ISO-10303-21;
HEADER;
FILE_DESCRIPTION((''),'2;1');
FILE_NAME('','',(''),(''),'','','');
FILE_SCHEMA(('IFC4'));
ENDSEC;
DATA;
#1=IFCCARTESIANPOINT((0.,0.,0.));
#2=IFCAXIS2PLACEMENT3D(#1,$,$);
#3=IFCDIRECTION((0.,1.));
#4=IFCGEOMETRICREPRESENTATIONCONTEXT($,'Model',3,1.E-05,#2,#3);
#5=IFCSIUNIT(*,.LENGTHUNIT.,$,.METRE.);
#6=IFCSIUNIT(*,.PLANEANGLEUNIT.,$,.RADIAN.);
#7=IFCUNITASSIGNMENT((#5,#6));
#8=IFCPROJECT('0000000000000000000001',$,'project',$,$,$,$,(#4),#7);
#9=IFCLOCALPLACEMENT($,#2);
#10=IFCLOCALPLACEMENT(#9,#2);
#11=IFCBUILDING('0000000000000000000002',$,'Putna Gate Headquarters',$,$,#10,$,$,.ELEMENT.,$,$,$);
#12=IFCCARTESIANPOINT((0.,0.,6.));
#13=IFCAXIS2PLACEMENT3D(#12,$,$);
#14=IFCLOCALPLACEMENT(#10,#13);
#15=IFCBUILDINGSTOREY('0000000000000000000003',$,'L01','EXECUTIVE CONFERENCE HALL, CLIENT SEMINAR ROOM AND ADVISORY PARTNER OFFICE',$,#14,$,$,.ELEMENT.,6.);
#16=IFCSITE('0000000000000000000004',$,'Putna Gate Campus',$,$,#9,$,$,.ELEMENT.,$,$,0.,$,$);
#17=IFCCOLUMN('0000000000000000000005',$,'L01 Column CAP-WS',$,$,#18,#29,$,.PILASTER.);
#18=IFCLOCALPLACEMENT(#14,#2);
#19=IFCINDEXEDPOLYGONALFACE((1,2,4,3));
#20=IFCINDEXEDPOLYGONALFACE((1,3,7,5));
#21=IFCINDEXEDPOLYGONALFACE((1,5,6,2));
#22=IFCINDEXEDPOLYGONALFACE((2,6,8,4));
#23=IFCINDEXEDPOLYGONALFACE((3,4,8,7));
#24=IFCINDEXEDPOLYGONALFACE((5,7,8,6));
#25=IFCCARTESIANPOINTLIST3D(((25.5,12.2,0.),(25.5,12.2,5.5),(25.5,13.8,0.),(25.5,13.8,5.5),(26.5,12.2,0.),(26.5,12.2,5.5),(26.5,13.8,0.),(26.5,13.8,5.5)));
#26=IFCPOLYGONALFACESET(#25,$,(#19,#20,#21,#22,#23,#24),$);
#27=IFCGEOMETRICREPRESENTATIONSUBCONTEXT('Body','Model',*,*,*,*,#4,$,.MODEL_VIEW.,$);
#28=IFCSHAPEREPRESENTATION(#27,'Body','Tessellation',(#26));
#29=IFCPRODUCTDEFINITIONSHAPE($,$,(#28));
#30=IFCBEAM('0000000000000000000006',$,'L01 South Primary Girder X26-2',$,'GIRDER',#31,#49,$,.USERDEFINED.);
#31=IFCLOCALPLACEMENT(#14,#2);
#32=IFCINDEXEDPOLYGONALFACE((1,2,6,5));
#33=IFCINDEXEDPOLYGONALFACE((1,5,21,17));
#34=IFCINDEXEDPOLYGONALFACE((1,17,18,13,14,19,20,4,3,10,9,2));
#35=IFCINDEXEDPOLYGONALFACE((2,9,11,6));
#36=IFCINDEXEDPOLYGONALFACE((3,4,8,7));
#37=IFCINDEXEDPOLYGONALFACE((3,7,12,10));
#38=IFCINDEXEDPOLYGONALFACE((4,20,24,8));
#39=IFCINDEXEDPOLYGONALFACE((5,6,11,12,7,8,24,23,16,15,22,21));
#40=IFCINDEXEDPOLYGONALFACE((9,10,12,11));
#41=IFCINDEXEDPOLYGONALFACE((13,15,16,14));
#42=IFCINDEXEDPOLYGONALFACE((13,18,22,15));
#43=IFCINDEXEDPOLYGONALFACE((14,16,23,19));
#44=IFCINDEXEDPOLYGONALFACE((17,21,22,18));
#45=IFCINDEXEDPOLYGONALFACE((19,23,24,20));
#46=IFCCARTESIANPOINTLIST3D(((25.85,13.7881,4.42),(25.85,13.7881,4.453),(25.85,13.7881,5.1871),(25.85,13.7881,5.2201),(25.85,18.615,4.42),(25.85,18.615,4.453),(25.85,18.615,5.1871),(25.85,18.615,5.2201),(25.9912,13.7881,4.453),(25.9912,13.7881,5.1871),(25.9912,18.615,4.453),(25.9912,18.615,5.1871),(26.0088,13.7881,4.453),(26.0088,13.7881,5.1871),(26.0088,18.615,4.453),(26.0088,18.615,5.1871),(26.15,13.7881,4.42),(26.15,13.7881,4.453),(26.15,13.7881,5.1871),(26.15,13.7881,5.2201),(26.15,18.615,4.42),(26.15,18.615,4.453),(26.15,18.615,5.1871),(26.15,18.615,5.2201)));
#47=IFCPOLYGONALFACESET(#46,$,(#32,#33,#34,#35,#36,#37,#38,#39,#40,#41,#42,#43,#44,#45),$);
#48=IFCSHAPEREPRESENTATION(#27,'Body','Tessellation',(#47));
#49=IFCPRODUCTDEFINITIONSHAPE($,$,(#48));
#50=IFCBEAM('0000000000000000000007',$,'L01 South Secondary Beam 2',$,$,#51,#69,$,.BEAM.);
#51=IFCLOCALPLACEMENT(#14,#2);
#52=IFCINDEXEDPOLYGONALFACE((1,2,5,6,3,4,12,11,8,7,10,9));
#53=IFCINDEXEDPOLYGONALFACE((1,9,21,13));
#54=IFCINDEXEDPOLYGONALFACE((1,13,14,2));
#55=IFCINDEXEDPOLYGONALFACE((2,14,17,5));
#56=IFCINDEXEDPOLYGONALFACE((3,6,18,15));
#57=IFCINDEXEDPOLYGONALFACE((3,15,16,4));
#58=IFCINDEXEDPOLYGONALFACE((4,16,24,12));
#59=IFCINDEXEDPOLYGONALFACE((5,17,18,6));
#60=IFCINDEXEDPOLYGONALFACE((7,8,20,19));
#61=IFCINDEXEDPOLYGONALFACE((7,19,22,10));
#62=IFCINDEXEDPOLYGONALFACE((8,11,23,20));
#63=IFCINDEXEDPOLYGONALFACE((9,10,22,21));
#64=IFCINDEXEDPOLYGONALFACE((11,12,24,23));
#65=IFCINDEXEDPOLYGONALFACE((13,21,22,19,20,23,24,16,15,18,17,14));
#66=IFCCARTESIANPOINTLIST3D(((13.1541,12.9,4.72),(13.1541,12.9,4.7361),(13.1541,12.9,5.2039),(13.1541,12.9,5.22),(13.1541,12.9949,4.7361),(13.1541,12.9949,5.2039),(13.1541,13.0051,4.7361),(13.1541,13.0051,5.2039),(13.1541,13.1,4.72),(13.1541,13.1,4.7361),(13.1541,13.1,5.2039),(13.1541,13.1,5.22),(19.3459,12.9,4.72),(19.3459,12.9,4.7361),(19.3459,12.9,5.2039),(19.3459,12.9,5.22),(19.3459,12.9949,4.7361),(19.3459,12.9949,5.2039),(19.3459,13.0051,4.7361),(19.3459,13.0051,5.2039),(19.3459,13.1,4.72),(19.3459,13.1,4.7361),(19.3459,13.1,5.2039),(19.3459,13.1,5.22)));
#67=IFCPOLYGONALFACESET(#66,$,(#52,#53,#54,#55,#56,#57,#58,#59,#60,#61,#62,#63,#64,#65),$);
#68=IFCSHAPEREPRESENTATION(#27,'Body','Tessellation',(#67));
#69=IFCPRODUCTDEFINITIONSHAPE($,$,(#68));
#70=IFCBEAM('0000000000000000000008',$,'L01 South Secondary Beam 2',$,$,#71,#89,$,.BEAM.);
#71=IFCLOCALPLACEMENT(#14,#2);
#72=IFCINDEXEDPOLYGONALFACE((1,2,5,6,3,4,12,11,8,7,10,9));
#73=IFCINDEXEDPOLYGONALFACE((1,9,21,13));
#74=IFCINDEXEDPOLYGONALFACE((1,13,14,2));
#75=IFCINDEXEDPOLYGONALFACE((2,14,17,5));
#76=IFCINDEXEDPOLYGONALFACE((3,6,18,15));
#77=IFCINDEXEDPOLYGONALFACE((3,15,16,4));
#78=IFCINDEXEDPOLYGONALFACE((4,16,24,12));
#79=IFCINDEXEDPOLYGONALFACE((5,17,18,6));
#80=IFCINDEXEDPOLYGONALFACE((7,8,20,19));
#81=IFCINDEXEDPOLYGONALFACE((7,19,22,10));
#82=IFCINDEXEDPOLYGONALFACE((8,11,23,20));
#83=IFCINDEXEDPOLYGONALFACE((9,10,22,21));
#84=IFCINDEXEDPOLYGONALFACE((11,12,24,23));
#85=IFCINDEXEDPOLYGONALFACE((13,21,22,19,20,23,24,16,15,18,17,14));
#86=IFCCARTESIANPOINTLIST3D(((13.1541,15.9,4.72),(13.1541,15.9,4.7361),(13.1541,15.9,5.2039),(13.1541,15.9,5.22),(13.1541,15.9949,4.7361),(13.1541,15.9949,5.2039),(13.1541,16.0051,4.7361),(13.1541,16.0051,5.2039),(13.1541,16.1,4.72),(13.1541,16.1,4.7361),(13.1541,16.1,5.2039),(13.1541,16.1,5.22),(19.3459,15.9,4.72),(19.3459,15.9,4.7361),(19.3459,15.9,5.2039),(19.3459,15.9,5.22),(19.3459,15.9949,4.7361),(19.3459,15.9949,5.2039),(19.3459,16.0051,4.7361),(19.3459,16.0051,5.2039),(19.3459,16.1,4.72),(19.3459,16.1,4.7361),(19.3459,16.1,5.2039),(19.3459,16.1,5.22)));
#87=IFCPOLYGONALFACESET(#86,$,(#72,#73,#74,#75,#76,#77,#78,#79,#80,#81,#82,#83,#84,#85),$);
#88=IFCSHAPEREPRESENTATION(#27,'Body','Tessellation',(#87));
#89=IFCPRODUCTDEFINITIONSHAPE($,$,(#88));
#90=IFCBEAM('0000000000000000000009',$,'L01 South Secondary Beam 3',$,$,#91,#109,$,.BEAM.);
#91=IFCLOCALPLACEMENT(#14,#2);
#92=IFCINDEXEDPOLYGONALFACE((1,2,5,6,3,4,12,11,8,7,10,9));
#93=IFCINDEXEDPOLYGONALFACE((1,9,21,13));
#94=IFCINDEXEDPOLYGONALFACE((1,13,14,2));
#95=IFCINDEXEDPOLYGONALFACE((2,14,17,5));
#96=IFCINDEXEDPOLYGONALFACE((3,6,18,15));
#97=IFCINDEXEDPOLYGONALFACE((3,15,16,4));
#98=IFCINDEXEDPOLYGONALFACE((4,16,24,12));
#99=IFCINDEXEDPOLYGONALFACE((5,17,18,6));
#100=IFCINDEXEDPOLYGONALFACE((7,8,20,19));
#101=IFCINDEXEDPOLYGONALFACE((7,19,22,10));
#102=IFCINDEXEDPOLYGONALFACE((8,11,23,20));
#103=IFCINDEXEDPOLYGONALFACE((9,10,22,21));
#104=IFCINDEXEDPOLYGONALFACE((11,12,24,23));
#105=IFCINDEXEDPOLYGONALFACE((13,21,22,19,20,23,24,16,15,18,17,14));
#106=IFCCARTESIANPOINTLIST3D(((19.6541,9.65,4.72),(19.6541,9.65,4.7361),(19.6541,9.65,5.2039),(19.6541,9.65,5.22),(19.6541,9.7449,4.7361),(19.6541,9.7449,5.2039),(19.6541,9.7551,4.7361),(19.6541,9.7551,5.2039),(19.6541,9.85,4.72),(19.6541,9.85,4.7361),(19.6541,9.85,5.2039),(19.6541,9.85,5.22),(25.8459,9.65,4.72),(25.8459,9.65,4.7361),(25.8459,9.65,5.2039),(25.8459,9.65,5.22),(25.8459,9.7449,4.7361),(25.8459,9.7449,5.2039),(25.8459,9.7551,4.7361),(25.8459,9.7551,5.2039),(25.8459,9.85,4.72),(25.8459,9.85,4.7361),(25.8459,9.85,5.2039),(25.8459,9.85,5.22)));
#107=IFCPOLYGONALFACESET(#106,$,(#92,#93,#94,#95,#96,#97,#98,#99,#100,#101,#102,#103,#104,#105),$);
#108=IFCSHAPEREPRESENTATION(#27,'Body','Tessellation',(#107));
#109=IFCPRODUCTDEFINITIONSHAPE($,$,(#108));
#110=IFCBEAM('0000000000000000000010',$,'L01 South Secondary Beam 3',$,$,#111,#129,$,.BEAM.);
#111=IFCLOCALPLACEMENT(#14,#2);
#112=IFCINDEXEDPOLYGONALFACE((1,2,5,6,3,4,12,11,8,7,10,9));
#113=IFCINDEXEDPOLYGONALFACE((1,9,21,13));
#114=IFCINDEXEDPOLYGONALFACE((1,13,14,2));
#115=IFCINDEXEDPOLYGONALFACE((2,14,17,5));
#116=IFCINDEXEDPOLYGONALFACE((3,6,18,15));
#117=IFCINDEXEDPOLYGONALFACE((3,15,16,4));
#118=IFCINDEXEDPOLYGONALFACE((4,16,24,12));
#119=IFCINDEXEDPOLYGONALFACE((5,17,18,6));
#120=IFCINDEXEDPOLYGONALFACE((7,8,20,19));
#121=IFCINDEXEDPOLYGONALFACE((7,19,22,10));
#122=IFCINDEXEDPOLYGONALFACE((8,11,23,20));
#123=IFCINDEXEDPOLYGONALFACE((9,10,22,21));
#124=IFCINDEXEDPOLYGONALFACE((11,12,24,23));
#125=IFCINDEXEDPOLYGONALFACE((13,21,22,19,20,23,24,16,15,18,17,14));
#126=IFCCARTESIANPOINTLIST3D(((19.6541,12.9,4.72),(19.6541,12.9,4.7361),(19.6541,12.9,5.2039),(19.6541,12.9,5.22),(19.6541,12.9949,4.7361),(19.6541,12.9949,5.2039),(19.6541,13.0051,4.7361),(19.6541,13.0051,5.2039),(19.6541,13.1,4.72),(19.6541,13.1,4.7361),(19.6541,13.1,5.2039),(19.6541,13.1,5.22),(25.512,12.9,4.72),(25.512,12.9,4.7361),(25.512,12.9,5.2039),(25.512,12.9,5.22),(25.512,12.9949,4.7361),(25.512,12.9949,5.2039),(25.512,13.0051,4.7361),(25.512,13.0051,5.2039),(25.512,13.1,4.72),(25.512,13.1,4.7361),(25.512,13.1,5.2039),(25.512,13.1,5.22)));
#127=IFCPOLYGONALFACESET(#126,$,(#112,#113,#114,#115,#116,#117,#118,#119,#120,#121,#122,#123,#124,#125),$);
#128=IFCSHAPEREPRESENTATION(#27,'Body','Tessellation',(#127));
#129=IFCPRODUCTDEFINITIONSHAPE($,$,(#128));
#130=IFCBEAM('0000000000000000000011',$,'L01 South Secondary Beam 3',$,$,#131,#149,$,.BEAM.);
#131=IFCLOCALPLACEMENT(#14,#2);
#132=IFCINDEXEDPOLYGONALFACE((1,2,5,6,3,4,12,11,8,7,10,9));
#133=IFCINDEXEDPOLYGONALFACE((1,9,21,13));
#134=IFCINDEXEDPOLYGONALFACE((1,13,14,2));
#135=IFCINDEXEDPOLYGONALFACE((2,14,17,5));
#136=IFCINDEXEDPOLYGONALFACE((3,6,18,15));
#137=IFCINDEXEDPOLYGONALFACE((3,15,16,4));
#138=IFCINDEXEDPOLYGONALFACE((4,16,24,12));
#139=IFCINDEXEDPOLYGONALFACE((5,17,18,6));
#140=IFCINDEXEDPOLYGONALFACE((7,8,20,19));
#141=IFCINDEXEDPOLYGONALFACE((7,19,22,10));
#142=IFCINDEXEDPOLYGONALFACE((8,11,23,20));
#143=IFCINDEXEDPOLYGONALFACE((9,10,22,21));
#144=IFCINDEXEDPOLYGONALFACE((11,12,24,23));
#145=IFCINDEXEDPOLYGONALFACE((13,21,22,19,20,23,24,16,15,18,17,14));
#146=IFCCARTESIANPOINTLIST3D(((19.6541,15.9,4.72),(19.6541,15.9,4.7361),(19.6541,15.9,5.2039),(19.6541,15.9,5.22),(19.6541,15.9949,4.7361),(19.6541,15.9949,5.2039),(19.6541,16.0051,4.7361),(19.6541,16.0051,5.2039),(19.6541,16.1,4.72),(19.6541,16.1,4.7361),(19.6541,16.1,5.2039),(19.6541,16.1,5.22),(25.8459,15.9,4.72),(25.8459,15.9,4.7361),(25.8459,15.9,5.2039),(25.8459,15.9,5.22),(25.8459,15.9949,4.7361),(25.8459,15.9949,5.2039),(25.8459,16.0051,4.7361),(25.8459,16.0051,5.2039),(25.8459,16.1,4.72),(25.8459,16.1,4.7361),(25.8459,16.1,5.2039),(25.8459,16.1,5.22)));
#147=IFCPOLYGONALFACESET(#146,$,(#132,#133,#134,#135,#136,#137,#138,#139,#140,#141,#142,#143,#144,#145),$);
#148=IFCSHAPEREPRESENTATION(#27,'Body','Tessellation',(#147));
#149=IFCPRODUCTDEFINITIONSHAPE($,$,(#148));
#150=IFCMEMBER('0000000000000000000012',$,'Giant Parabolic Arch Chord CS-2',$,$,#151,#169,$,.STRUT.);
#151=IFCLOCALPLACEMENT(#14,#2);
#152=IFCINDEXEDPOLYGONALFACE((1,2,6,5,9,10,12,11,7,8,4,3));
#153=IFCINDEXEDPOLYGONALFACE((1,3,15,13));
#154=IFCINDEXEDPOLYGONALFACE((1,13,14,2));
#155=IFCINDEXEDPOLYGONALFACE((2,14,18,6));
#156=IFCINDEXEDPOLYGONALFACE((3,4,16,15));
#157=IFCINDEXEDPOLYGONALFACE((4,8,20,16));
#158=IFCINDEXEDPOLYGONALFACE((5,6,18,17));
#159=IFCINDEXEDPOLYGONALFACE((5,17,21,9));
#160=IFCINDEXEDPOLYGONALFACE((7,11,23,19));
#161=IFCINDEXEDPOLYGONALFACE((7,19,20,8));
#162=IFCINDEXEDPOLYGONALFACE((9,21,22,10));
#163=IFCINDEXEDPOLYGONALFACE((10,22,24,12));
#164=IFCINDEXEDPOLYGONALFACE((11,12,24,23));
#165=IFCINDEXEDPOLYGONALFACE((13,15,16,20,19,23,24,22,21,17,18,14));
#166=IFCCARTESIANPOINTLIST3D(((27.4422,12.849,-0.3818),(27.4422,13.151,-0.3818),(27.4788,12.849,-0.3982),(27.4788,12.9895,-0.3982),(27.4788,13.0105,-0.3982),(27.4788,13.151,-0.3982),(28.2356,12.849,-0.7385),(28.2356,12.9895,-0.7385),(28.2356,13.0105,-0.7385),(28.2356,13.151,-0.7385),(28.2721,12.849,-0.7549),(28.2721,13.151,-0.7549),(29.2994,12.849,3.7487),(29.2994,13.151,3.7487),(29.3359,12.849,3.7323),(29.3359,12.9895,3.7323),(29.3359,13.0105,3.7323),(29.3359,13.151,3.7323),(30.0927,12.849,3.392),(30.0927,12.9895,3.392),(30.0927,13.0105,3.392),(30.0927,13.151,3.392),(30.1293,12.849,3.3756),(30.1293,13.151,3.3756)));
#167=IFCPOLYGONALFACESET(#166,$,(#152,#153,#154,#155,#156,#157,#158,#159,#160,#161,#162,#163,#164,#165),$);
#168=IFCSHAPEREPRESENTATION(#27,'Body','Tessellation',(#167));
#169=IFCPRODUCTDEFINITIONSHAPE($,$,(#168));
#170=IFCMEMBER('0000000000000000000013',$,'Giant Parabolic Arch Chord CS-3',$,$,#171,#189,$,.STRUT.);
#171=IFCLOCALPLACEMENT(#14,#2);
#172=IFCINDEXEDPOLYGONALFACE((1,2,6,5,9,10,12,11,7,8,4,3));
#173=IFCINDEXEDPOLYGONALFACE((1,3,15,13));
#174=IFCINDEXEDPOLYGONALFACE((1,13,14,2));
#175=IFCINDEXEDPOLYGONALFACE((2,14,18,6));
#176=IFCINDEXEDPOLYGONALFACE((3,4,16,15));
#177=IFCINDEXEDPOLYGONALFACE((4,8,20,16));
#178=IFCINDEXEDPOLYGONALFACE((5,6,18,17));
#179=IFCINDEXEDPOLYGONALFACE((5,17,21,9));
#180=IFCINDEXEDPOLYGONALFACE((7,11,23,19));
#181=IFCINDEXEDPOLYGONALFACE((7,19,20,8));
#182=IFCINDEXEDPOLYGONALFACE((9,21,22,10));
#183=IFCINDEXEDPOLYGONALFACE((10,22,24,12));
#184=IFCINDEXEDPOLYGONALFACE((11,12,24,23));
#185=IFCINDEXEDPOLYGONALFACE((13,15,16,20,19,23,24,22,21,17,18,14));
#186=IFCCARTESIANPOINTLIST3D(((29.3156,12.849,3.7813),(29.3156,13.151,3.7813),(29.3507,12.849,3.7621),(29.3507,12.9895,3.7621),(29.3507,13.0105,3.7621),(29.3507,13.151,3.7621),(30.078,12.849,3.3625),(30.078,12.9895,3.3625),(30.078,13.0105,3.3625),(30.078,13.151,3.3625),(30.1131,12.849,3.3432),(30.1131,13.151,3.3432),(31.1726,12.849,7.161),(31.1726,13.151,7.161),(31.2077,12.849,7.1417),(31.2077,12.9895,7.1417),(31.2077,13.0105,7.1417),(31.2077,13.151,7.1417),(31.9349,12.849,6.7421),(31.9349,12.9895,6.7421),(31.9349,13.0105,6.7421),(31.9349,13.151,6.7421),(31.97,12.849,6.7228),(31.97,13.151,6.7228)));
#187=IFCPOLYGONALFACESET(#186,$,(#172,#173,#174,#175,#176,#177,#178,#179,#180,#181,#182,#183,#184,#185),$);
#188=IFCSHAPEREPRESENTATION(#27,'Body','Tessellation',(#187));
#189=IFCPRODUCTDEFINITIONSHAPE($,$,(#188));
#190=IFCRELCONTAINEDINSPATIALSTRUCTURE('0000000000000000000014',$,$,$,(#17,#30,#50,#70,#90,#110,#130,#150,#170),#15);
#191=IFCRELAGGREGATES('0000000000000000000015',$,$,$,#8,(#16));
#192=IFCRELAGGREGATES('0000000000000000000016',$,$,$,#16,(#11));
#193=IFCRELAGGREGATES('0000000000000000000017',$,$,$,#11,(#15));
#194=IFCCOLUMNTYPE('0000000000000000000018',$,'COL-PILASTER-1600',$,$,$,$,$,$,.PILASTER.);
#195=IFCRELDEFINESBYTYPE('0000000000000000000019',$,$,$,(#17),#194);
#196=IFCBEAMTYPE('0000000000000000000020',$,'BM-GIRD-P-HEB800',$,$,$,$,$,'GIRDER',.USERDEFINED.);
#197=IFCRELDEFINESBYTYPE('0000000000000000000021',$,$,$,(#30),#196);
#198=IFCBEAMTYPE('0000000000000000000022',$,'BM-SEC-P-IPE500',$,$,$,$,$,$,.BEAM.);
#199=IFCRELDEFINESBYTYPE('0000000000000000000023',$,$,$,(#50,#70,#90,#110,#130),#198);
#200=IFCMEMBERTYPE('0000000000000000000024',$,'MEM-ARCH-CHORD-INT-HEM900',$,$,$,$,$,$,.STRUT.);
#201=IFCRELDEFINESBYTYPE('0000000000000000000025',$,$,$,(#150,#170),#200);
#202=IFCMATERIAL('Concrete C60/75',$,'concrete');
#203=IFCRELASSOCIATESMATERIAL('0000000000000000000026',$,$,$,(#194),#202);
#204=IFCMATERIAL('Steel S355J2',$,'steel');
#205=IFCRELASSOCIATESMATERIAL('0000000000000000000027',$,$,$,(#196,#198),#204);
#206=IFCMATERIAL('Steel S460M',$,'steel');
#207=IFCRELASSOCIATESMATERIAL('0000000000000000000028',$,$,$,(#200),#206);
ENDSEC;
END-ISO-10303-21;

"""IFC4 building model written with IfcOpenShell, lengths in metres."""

from ifc_helpers import new_model, si_unit, direction, frame, origin, origin_2d, place, context, subcontext, project, spatial, rectangle, i_section, extrude, material, material_profile, profile_set, type_object, element, save


model = new_model("IFC4")

# Units and contexts
model_context = context("Model", 3, precision=1e-05, world=origin(), true_north=direction((0.0, 1.0)))
body_context = subcontext(model_context, "Body", "Model", "MODEL_VIEW")
ifc_project = project(units=[si_unit("LENGTHUNIT", "METRE"), si_unit("PLANEANGLEUNIT", "RADIAN")], contexts=[model_context])

# Site, building, storey
site_placement = place(None, origin())
site = spatial("IfcSite", under=ifc_project, at=site_placement, Name="Putna Gate Campus", CompositionType="ELEMENT", RefElevation=0.0)
building_placement = place(site_placement, origin())
building = spatial("IfcBuilding", under=site, at=building_placement, Name="Putna Gate Headquarters", CompositionType="ELEMENT")
storey_placement = place(building_placement, frame((0.0, 0.0, 6.0)))
storey = spatial("IfcBuildingStorey", under=building, at=storey_placement, Name="L01", Description="EXECUTIVE CONFERENCE HALL, CLIENT SEMINAR ROOM AND ADVISORY PARTNER OFFICE", CompositionType="ELEMENT", Elevation=6.0)

# Column
ifc_material_1 = material(Name="Concrete C60/75", Category="concrete")
ifc_material_profile_1 = material_profile(ifc_material_1, rectangle(XDim=1.0, YDim=1.6001, at=origin_2d()), Name="Concrete C60/75")
ifc_profile_set_1 = profile_set([ifc_material_profile_1], Name="Concrete C60/75")
column_type = type_object("IfcColumnType", Name="COL-PILASTER-1600", PredefinedType="PILASTER", material=ifc_profile_set_1)
column_placement = place(storey_placement, frame((26.0, 13.0, 0.0), z_axis=(0.0, 0.0, 1.0), x_axis=(1.0, 0.0, 0.0)))
element("IfcColumn", 1, at=column_placement, inside=storey, type_object=column_type, Name="L01 Column CAP-WS", PredefinedType="PILASTER", context=body_context, shape_type="SweptSolid", body=[
    extrude(rectangle(XDim=1.0, YDim=1.6001, at=origin_2d()), origin(), (0.0, 0.0, 1.0), 5.5),
])

# Beams
ifc_material_2 = material(Name="Steel S355J2", Category="steel")
ifc_material_profile_2 = material_profile(ifc_material_2, i_section(OverallWidth=0.3, OverallDepth=0.8, WebThickness=0.0176, FlangeThickness=0.033, at=origin_2d()), Name="Steel S355J2")
ifc_profile_set_2 = profile_set([ifc_material_profile_2], Name="Steel S355J2")
beam_type_1 = type_object("IfcBeamType", Name="BM-GIRD-P-HEB800", ElementType="GIRDER", PredefinedType="USERDEFINED", material=ifc_profile_set_2)
beam_1_placement = place(storey_placement, frame((26.0, 13.7881, 4.8201), z_axis=(0.0, 1.0, 0.0), x_axis=(-1.0, 0.0, 0.0)))
element("IfcBeam", 2, at=beam_1_placement, inside=storey, type_object=beam_type_1, Name="L01 South Primary Girder X26-2", ObjectType="GIRDER", PredefinedType="USERDEFINED", context=body_context, shape_type="SweptSolid", body=[
    extrude(i_section(OverallWidth=0.3, OverallDepth=0.8, WebThickness=0.0176, FlangeThickness=0.033, at=origin_2d()), origin(), (0.0, 0.0, 1.0), 4.8269),
])
ifc_material_profile_3 = material_profile(ifc_material_2, i_section(OverallWidth=0.2, OverallDepth=0.5, WebThickness=0.0103, FlangeThickness=0.0161, at=origin_2d()), Name="Steel S355J2")
ifc_profile_set_3 = profile_set([ifc_material_profile_3], Name="Steel S355J2")
beam_type_2 = type_object("IfcBeamType", Name="BM-SEC-P-IPE500", PredefinedType="BEAM", material=ifc_profile_set_3)
for number, where, z_axis, x_axis, name in (
    (3, (13.1541, 13.0, 4.97), (1.0, 0.0, 0.0), (0.0, 1.0, 0.0), "L01 South Secondary Beam 2"),
    (4, (13.1541, 16.0, 4.97), (1.0, 0.0, 0.0), (0.0, 1.0, 0.0), "L01 South Secondary Beam 2"),
    (5, (19.6541, 9.75, 4.97), (1.0, 0.0, 0.0), (0.0, 1.0, 0.0), "L01 South Secondary Beam 3"),
):
    element("IfcBeam", number, at=place(storey_placement, frame(where, z_axis=z_axis, x_axis=x_axis)), inside=storey, type_object=beam_type_2, Name=name, PredefinedType="BEAM", context=body_context, shape_type="SweptSolid", body=[
        extrude(i_section(OverallWidth=0.2, OverallDepth=0.5, WebThickness=0.0103, FlangeThickness=0.0161, at=origin_2d()), origin(), (0.0, 0.0, 1.0), 6.1919),
    ])
beam_2_placement = place(storey_placement, frame((19.6541, 13.0, 4.97), z_axis=(1.0, 0.0, 0.0), x_axis=(0.0, 1.0, 0.0)))
element("IfcBeam", 6, at=beam_2_placement, inside=storey, type_object=beam_type_2, Name="L01 South Secondary Beam 3", PredefinedType="BEAM", context=body_context, shape_type="SweptSolid", body=[
    extrude(i_section(OverallWidth=0.2, OverallDepth=0.5, WebThickness=0.0103, FlangeThickness=0.0161, at=origin_2d()), origin(), (0.0, 0.0, 1.0), 5.8579),
])
beam_3_placement = place(storey_placement, frame((19.6541, 16.0, 4.97), z_axis=(1.0, 0.0, 0.0), x_axis=(0.0, 1.0, 0.0)))
element("IfcBeam", 7, at=beam_3_placement, inside=storey, type_object=beam_type_2, Name="L01 South Secondary Beam 3", PredefinedType="BEAM", context=body_context, shape_type="SweptSolid", body=[
    extrude(i_section(OverallWidth=0.2, OverallDepth=0.5, WebThickness=0.0103, FlangeThickness=0.0161, at=origin_2d()), origin(), (0.0, 0.0, 1.0), 6.1919),
])

# Members
ifc_material_3 = material(Name="Steel S460M", Category="steel")
ifc_material_profile_4 = material_profile(ifc_material_3, i_section(OverallWidth=0.302, OverallDepth=0.9099, WebThickness=0.021, FlangeThickness=0.04, at=origin_2d()), Name="Steel S460M")
ifc_profile_set_4 = profile_set([ifc_material_profile_4], Name="Steel S460M")
member_type_1 = type_object("IfcMemberType", Name="MEM-ARCH-CHORD-INT-HEM900", PredefinedType="STRUT", material=ifc_profile_set_4)
member_1_placement = place(storey_placement, frame((27.8572, 13.0, -0.5684), z_axis=(0.410071, 0.0, 0.912054), x_axis=(0.0, 1.0, 0.0)))
element("IfcMember", 8, at=member_1_placement, inside=storey, type_object=member_type_1, Name="Giant Parabolic Arch Chord CS-2", PredefinedType="STRUT", context=body_context, shape_type="SweptSolid", body=[
    extrude(i_section(OverallWidth=0.302, OverallDepth=0.9099, WebThickness=0.021, FlangeThickness=0.04, at=origin_2d()), origin(), (0.0, 0.0, 1.0), 4.5288),
])
member_2_placement = place(storey_placement, frame((29.7144, 13.0, 3.5623), z_axis=(0.481547, 0.0, 0.87642), x_axis=(0.0, 1.0, 0.0)))
element("IfcMember", 9, at=member_2_placement, inside=storey, type_object=member_type_1, Name="Giant Parabolic Arch Chord CS-3", PredefinedType="STRUT", context=body_context, shape_type="SweptSolid", body=[
    extrude(i_section(OverallWidth=0.302, OverallDepth=0.9099, WebThickness=0.021, FlangeThickness=0.04, at=origin_2d()), origin(), (0.0, 0.0, 1.0), 3.8562),
])

save(model, "model.ifc")
